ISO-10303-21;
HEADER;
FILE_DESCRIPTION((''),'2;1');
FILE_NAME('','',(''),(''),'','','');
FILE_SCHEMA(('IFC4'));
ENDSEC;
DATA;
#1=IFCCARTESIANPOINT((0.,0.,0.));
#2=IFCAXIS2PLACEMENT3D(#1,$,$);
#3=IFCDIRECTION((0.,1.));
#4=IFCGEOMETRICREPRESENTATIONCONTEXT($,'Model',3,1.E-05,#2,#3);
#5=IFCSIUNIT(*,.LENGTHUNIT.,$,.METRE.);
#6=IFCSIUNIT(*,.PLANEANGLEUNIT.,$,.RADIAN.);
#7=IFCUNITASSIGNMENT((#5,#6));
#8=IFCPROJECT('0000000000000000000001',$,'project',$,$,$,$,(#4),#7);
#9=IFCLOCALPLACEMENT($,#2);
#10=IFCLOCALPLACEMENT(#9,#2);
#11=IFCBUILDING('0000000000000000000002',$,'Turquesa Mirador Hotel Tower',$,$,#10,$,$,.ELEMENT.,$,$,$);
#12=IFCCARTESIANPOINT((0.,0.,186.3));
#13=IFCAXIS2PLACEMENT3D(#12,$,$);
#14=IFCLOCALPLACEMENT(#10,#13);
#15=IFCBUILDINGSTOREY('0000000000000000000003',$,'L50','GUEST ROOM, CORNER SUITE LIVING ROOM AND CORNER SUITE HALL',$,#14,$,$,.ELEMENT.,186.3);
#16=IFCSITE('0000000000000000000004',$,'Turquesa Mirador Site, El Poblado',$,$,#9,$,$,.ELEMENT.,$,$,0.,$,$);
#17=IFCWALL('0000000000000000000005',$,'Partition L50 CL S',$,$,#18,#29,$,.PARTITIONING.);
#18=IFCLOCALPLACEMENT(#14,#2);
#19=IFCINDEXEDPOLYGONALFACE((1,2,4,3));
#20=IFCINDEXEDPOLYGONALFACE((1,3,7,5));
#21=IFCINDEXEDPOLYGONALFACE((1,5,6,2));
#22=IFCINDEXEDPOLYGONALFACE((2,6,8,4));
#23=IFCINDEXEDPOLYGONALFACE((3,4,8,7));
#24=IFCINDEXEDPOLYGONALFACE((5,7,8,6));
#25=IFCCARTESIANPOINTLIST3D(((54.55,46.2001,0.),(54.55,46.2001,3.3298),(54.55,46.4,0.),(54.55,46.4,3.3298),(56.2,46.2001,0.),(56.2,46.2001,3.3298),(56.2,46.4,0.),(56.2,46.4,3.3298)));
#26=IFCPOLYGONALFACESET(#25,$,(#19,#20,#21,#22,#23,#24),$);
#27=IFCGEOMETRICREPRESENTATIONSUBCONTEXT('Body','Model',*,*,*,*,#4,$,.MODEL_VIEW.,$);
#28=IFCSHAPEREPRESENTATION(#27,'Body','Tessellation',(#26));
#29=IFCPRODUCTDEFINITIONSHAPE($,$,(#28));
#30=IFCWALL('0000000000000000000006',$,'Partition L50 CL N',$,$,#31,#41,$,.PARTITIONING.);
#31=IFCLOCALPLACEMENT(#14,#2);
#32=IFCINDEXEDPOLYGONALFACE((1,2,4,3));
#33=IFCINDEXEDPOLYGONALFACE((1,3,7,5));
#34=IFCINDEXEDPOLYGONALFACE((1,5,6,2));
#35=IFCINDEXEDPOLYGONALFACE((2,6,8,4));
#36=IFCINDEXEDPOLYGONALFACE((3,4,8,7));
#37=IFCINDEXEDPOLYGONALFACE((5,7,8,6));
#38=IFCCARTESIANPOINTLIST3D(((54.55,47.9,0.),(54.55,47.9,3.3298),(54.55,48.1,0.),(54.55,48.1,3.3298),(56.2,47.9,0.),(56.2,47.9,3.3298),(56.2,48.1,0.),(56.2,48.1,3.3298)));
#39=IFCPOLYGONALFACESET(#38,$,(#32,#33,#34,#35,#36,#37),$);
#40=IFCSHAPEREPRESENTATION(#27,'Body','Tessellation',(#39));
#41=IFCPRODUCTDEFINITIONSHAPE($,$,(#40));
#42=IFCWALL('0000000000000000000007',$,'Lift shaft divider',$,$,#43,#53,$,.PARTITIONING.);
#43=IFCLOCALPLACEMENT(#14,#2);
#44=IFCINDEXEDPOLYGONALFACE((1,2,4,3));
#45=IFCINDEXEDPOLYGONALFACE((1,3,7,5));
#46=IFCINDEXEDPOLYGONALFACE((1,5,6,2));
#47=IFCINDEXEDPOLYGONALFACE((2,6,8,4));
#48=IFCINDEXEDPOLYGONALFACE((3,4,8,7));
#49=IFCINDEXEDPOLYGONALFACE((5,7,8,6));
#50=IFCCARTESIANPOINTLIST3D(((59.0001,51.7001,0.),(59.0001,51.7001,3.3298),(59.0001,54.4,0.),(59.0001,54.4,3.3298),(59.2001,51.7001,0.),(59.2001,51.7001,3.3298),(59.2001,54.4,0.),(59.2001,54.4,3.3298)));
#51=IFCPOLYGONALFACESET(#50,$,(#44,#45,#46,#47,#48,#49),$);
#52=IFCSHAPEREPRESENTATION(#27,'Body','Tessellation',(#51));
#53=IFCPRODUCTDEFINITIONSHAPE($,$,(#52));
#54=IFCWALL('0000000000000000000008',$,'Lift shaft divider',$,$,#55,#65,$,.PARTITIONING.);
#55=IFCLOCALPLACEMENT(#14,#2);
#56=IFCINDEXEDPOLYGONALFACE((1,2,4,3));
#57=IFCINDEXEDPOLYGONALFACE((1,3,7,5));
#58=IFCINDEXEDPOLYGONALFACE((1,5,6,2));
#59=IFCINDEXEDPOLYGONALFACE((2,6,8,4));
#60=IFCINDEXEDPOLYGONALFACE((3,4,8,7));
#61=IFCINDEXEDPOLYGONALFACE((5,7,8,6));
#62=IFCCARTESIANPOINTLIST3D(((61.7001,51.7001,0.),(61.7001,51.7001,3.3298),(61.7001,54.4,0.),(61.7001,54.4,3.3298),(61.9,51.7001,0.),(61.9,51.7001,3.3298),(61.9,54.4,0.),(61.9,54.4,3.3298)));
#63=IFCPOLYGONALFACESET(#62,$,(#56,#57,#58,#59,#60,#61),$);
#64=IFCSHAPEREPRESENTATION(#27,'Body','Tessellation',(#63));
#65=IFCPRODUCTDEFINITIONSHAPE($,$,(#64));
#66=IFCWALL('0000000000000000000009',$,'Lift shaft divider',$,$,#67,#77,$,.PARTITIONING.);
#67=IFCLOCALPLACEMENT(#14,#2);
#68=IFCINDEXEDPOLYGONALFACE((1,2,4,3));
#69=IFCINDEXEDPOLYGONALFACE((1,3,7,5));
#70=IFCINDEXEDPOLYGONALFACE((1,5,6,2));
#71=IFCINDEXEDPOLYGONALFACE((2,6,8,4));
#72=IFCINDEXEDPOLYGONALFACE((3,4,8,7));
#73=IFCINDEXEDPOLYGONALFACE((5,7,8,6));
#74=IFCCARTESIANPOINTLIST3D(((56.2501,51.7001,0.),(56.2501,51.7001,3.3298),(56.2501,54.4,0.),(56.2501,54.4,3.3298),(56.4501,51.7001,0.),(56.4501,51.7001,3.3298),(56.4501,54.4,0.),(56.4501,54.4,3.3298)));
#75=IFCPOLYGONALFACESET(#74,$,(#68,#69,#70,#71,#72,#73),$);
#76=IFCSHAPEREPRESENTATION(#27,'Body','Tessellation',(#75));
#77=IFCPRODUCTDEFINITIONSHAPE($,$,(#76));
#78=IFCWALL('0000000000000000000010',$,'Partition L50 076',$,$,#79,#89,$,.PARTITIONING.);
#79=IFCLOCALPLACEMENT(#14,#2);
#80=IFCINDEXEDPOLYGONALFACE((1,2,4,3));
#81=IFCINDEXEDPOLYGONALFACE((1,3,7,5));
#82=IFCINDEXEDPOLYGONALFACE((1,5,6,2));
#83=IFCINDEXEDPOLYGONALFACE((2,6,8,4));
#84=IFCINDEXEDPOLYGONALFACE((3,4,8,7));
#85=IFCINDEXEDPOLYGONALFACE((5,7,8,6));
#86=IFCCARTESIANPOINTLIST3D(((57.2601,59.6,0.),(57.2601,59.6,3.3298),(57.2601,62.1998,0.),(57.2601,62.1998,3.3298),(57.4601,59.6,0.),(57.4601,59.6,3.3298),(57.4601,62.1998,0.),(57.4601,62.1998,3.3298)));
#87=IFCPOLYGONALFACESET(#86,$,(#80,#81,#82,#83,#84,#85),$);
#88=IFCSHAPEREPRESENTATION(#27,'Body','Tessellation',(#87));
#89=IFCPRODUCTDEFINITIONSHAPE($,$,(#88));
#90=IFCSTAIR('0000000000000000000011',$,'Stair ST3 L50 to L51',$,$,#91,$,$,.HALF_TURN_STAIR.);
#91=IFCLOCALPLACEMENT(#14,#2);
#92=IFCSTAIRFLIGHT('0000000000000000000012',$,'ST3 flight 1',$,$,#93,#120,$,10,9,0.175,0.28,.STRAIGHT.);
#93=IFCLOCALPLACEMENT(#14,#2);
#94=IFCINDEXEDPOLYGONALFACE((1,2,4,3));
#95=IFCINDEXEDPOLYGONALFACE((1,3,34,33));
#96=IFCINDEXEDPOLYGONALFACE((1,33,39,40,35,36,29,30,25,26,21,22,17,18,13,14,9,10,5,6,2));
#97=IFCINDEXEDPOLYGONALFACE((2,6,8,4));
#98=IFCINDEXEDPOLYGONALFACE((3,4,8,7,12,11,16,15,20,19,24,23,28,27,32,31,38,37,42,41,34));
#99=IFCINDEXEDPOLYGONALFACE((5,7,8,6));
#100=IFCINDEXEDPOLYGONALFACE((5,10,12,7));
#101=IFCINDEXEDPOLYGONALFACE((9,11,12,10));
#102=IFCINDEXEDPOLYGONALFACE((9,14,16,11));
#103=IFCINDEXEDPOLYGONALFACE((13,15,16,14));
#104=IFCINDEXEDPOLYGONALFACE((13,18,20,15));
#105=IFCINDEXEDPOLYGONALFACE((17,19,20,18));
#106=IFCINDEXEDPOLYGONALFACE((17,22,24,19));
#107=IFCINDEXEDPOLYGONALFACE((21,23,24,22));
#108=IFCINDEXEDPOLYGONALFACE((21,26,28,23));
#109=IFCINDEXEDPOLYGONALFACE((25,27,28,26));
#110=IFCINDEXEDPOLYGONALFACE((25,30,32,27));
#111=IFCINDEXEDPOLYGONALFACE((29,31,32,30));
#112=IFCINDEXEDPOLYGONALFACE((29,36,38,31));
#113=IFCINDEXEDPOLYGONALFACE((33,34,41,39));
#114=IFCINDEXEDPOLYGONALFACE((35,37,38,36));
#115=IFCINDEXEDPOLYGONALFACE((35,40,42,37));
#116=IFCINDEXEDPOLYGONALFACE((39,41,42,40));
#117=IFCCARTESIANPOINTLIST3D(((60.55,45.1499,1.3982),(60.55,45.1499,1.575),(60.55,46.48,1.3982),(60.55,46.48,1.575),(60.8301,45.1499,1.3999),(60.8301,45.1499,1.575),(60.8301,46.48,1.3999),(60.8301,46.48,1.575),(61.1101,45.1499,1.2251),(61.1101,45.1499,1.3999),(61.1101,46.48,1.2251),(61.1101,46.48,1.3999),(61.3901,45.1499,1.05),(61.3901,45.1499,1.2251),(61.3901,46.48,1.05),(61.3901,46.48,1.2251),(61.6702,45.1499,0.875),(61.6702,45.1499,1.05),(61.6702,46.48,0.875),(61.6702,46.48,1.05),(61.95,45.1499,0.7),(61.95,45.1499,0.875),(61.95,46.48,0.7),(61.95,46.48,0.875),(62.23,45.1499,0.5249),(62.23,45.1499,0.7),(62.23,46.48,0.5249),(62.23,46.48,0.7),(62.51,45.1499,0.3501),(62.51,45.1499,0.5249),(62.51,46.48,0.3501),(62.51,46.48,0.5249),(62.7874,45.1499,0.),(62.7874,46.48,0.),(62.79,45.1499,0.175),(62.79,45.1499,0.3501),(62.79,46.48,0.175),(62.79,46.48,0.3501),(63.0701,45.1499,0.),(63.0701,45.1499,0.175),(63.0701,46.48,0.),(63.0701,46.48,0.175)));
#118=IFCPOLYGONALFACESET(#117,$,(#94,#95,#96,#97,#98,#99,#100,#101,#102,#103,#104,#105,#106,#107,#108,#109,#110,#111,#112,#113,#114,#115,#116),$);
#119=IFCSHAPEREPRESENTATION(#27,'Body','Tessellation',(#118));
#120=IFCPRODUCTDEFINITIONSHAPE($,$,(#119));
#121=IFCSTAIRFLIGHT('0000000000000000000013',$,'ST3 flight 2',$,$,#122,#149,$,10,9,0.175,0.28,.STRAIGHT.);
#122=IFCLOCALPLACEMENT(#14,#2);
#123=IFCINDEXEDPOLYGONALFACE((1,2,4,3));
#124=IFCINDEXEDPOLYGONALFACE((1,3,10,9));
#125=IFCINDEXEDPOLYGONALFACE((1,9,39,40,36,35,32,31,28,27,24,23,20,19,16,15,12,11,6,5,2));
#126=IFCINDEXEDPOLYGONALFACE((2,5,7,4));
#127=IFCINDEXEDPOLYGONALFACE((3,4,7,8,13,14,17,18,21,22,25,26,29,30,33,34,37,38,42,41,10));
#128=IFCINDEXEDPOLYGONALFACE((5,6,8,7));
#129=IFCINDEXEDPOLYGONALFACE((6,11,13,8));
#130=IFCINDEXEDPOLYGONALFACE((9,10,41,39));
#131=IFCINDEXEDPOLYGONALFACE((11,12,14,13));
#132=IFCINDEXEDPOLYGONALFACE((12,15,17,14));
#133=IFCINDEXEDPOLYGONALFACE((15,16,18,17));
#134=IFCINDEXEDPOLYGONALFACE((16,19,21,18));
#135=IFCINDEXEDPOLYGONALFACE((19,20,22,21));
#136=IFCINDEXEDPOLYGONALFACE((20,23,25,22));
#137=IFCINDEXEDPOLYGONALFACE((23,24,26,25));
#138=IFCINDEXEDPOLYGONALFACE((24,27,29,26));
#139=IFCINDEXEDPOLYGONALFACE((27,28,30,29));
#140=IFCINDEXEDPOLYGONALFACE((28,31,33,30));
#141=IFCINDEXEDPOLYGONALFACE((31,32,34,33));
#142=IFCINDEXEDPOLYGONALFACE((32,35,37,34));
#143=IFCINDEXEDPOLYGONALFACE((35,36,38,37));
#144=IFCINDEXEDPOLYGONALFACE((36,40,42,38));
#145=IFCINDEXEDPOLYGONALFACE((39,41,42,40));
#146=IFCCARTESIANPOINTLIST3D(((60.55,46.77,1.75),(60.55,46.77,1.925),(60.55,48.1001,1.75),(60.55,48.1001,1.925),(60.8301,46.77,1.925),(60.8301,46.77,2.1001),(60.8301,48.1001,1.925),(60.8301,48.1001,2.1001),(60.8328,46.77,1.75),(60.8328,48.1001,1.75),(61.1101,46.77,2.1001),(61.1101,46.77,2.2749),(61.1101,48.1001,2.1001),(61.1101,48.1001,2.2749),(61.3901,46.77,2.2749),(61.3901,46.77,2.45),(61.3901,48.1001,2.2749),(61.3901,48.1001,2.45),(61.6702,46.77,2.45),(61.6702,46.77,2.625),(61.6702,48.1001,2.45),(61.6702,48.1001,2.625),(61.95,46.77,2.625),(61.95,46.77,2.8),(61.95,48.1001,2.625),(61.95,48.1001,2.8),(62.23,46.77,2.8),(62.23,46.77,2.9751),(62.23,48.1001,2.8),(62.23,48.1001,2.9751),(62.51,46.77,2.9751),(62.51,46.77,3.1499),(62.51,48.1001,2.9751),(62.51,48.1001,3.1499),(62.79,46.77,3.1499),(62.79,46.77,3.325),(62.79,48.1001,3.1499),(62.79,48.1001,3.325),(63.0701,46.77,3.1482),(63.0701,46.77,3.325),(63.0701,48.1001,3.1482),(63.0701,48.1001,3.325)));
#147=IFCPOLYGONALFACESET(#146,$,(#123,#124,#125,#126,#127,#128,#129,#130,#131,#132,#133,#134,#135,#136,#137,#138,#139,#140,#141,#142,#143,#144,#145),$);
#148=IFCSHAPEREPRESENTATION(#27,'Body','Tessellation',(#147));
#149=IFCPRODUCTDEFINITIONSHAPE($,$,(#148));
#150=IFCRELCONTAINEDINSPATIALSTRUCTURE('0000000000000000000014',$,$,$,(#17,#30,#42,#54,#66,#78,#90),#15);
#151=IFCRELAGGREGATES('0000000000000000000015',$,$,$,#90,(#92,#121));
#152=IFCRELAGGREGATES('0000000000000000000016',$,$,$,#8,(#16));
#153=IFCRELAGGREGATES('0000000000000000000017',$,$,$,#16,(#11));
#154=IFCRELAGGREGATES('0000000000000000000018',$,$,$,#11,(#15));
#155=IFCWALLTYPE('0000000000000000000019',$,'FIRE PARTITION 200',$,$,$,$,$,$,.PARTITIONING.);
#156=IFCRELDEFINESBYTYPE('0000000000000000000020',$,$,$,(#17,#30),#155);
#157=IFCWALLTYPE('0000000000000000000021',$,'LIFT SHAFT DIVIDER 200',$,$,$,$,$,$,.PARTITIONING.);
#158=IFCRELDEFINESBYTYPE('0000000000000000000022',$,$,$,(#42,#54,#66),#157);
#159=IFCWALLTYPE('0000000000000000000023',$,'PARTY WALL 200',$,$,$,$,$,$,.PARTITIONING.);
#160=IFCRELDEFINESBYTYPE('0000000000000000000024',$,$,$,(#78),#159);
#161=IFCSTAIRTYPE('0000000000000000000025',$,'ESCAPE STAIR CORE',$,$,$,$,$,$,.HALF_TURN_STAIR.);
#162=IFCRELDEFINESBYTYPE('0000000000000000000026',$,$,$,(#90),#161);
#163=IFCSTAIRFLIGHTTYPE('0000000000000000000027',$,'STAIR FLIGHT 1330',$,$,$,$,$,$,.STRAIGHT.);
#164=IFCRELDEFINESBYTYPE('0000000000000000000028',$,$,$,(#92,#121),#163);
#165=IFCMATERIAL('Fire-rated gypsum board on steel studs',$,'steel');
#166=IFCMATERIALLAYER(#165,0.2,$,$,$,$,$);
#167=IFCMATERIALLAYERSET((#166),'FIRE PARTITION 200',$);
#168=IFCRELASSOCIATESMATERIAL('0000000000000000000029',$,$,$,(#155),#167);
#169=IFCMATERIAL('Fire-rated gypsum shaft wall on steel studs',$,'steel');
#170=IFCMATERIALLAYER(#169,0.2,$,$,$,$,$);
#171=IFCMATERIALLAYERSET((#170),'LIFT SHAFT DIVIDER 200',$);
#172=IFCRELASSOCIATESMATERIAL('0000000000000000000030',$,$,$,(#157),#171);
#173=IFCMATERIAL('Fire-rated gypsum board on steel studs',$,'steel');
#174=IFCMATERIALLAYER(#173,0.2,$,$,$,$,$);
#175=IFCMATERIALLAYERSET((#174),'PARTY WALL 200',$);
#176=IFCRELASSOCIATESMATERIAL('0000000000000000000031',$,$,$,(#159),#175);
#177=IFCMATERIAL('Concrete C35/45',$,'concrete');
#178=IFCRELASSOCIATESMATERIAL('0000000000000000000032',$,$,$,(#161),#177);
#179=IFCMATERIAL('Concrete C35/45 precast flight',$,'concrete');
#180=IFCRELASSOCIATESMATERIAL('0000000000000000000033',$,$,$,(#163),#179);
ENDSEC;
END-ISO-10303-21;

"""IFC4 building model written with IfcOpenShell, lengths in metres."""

from ifc_helpers import new_model, si_unit, direction, frame, frame_2d, origin, place, context, subcontext, project, spatial, polyline, rectangle, outline, extrude, material, layer, layer_set, type_object, element, aggregate, save


model = new_model("IFC4")

# Units and contexts
model_context = context("Model", 3, precision=1e-05, world=origin(), true_north=direction((0.0, 1.0)))
body_context = subcontext(model_context, "Body", "Model", "MODEL_VIEW")
ifc_project = project(units=[si_unit("LENGTHUNIT", "METRE"), si_unit("PLANEANGLEUNIT", "RADIAN")], contexts=[model_context])

# Site, building, storey
site_placement = place(None, origin())
site = spatial("IfcSite", under=ifc_project, at=site_placement, Name="Turquesa Mirador Site, El Poblado", CompositionType="ELEMENT", RefElevation=0.0)
building_placement = place(site_placement, origin())
building = spatial("IfcBuilding", under=site, at=building_placement, Name="Turquesa Mirador Hotel Tower", CompositionType="ELEMENT")
storey_placement = place(building_placement, frame((0.0, 0.0, 186.3)))
storey = spatial("IfcBuildingStorey", under=building, at=storey_placement, Name="L50", Description="GUEST ROOM, CORNER SUITE LIVING ROOM AND CORNER SUITE HALL", CompositionType="ELEMENT", Elevation=186.3)

# Shared definitions
ifc_material_1 = material(Name="Fire-rated gypsum board on steel studs", Category="steel")
ifc_layer_1 = layer(ifc_material_1, 0.2)
ifc_layer_set_1 = layer_set([ifc_layer_1], Name="FIRE PARTITION 200")
wall_type_1 = type_object("IfcWallType", Name="FIRE PARTITION 200", PredefinedType="PARTITIONING", material=ifc_layer_set_1)

# Walls
for number, where, z_axis, x_axis, name in (
    (1, (54.55, 46.3, 0.0), (0.0, 0.0, 1.0), (1.0, 0.0, 0.0), "Partition L50 CL S"),
    (2, (54.55, 48.0, 0.0), (0.0, 0.0, 1.0), (1.0, 0.0, 0.0), "Partition L50 CL N"),
):
    element("IfcWall", number, at=place(storey_placement, frame(where, z_axis=z_axis, x_axis=x_axis)), inside=storey, type_object=wall_type_1, Name=name, PredefinedType="PARTITIONING", context=body_context, shape_type="SweptSolid", body=[
        extrude(rectangle(XDim=1.6499, YDim=0.2, at=frame_2d((0.825, 0.0))), origin(), (0.0, 0.0, 1.0), 3.3298),
    ])
ifc_material_2 = material(Name="Fire-rated gypsum shaft wall on steel studs", Category="steel")
ifc_layer_2 = layer(ifc_material_2, 0.2)
ifc_layer_set_2 = layer_set([ifc_layer_2], Name="LIFT SHAFT DIVIDER 200")
wall_type_2 = type_object("IfcWallType", Name="LIFT SHAFT DIVIDER 200", PredefinedType="PARTITIONING", material=ifc_layer_set_2)
for number, where, z_axis, x_axis, name in (
    (3, (59.1001, 51.7, 0.0), (0.0, 0.0, 1.0), (0.0, 1.0, 0.0), "Lift shaft divider"),
    (4, (61.8, 51.7, 0.0), (0.0, 0.0, 1.0), (0.0, 1.0, 0.0), "Lift shaft divider"),
    (5, (56.3501, 51.7, 0.0), (0.0, 0.0, 1.0), (0.0, 1.0, 0.0), "Lift shaft divider"),
):
    element("IfcWall", number, at=place(storey_placement, frame(where, z_axis=z_axis, x_axis=x_axis)), inside=storey, type_object=wall_type_2, Name=name, PredefinedType="PARTITIONING", context=body_context, shape_type="SweptSolid", body=[
        extrude(rectangle(XDim=2.7, YDim=0.2, at=frame_2d((1.3501, 0.0))), origin(), (0.0, 0.0, 1.0), 3.3298),
    ])
ifc_material_3 = material(Name="Fire-rated gypsum board on steel studs", Category="steel")
ifc_layer_3 = layer(ifc_material_3, 0.2)
ifc_layer_set_3 = layer_set([ifc_layer_3], Name="PARTY WALL 200")
wall_type_3 = type_object("IfcWallType", Name="PARTY WALL 200", PredefinedType="PARTITIONING", material=ifc_layer_set_3)
wall_1_placement = place(storey_placement, frame((57.3601, 59.6001, 0.0), z_axis=(0.0, 0.0, 1.0), x_axis=(0.0, 1.0, 0.0)))
element("IfcWall", 6, at=wall_1_placement, inside=storey, type_object=wall_type_3, Name="Partition L50 076", PredefinedType="PARTITIONING", context=body_context, shape_type="SweptSolid", body=[
    extrude(rectangle(XDim=2.5999, YDim=0.2, at=frame_2d((1.2998, 0.0))), origin(), (0.0, 0.0, 1.0), 3.3298),
])

# Stair, stair flights
ifc_material_4 = material(Name="Concrete C35/45", Category="concrete")
stair_type = type_object("IfcStairType", Name="ESCAPE STAIR CORE", PredefinedType="HALF_TURN_STAIR", material=ifc_material_4)
stair_placement = place(storey_placement, origin())
stair = element("IfcStair", 7, at=stair_placement, inside=storey, type_object=stair_type, Name="Stair ST3 L50 to L51", PredefinedType="HALF_TURN_STAIR")
ifc_material_5 = material(Name="Concrete C35/45 precast flight", Category="concrete")
stair_flight_type = type_object("IfcStairFlightType", Name="STAIR FLIGHT 1330", PredefinedType="STRAIGHT", material=ifc_material_5)
stair_flight_1_placement = place(storey_placement, frame((63.0701, 45.8149, 0.0), z_axis=(0.0, 0.0, 1.0), x_axis=(-1.0, 0.0, 0.0)))
stair_flight_1 = element("IfcStairFlight", 8, at=stair_flight_1_placement, type_object=stair_flight_type, Name="ST3 flight 1", NumberOfRisers=10, NumberOfTreads=9, PredefinedType="STRAIGHT", RiserHeight=0.175, TreadLength=0.28, context=body_context, shape_type="SweptSolid", body=[
    extrude(outline(polyline([(0.0, 0.0), (0.0, 0.175), (0.28, 0.175), (0.28, 0.3501), (0.5601, 0.3501), (0.5601, 0.5249), (0.8401, 0.5249), (0.8401, 0.7), (1.1201, 0.7), (1.1201, 0.875), (1.3999, 0.875), (1.3999, 1.05), (1.6799, 1.05), (1.6799, 1.2251), (1.96, 1.2251), (1.96, 1.3999), (2.24, 1.3999), (2.24, 1.575), (2.52, 1.575), (2.52, 1.75), (2.52, 1.3982), (0.2827, 0.0), (0.0, 0.0)])), frame((0.0, 0.665, 0.0), z_axis=(0.0, -1.0, 0.0), x_axis=(1.0, 0.0, 0.0)), (0.0, 0.0, 1.0), 1.3301),
])
stair_flight_2_placement = place(storey_placement, frame((60.55, 47.4351, 1.75), z_axis=(0.0, 0.0, 1.0), x_axis=(1.0, 0.0, 0.0)))
stair_flight_2 = element("IfcStairFlight", 9, at=stair_flight_2_placement, type_object=stair_flight_type, Name="ST3 flight 2", NumberOfRisers=10, NumberOfTreads=9, PredefinedType="STRAIGHT", RiserHeight=0.175, TreadLength=0.28, context=body_context, shape_type="SweptSolid", body=[
    extrude(outline(polyline([(0.0, 0.0), (0.0, 0.175), (0.28, 0.175), (0.28, 0.3501), (0.5601, 0.3501), (0.5601, 0.5249), (0.8401, 0.5249), (0.8401, 0.7), (1.1201, 0.7), (1.1201, 0.875), (1.3999, 0.875), (1.3999, 1.05), (1.6799, 1.05), (1.6799, 1.2251), (1.96, 1.2251), (1.96, 1.3999), (2.24, 1.3999), (2.24, 1.575), (2.52, 1.575), (2.52, 1.75), (2.52, 1.3982), (0.2827, 0.0), (0.0, 0.0)])), frame((0.0, 0.665, 0.0), z_axis=(0.0, -1.0, 0.0), x_axis=(1.0, 0.0, 0.0)), (0.0, 0.0, 1.0), 1.3301),
])
aggregate(stair, [stair_flight_1, stair_flight_2])

save(model, "model.ifc")
